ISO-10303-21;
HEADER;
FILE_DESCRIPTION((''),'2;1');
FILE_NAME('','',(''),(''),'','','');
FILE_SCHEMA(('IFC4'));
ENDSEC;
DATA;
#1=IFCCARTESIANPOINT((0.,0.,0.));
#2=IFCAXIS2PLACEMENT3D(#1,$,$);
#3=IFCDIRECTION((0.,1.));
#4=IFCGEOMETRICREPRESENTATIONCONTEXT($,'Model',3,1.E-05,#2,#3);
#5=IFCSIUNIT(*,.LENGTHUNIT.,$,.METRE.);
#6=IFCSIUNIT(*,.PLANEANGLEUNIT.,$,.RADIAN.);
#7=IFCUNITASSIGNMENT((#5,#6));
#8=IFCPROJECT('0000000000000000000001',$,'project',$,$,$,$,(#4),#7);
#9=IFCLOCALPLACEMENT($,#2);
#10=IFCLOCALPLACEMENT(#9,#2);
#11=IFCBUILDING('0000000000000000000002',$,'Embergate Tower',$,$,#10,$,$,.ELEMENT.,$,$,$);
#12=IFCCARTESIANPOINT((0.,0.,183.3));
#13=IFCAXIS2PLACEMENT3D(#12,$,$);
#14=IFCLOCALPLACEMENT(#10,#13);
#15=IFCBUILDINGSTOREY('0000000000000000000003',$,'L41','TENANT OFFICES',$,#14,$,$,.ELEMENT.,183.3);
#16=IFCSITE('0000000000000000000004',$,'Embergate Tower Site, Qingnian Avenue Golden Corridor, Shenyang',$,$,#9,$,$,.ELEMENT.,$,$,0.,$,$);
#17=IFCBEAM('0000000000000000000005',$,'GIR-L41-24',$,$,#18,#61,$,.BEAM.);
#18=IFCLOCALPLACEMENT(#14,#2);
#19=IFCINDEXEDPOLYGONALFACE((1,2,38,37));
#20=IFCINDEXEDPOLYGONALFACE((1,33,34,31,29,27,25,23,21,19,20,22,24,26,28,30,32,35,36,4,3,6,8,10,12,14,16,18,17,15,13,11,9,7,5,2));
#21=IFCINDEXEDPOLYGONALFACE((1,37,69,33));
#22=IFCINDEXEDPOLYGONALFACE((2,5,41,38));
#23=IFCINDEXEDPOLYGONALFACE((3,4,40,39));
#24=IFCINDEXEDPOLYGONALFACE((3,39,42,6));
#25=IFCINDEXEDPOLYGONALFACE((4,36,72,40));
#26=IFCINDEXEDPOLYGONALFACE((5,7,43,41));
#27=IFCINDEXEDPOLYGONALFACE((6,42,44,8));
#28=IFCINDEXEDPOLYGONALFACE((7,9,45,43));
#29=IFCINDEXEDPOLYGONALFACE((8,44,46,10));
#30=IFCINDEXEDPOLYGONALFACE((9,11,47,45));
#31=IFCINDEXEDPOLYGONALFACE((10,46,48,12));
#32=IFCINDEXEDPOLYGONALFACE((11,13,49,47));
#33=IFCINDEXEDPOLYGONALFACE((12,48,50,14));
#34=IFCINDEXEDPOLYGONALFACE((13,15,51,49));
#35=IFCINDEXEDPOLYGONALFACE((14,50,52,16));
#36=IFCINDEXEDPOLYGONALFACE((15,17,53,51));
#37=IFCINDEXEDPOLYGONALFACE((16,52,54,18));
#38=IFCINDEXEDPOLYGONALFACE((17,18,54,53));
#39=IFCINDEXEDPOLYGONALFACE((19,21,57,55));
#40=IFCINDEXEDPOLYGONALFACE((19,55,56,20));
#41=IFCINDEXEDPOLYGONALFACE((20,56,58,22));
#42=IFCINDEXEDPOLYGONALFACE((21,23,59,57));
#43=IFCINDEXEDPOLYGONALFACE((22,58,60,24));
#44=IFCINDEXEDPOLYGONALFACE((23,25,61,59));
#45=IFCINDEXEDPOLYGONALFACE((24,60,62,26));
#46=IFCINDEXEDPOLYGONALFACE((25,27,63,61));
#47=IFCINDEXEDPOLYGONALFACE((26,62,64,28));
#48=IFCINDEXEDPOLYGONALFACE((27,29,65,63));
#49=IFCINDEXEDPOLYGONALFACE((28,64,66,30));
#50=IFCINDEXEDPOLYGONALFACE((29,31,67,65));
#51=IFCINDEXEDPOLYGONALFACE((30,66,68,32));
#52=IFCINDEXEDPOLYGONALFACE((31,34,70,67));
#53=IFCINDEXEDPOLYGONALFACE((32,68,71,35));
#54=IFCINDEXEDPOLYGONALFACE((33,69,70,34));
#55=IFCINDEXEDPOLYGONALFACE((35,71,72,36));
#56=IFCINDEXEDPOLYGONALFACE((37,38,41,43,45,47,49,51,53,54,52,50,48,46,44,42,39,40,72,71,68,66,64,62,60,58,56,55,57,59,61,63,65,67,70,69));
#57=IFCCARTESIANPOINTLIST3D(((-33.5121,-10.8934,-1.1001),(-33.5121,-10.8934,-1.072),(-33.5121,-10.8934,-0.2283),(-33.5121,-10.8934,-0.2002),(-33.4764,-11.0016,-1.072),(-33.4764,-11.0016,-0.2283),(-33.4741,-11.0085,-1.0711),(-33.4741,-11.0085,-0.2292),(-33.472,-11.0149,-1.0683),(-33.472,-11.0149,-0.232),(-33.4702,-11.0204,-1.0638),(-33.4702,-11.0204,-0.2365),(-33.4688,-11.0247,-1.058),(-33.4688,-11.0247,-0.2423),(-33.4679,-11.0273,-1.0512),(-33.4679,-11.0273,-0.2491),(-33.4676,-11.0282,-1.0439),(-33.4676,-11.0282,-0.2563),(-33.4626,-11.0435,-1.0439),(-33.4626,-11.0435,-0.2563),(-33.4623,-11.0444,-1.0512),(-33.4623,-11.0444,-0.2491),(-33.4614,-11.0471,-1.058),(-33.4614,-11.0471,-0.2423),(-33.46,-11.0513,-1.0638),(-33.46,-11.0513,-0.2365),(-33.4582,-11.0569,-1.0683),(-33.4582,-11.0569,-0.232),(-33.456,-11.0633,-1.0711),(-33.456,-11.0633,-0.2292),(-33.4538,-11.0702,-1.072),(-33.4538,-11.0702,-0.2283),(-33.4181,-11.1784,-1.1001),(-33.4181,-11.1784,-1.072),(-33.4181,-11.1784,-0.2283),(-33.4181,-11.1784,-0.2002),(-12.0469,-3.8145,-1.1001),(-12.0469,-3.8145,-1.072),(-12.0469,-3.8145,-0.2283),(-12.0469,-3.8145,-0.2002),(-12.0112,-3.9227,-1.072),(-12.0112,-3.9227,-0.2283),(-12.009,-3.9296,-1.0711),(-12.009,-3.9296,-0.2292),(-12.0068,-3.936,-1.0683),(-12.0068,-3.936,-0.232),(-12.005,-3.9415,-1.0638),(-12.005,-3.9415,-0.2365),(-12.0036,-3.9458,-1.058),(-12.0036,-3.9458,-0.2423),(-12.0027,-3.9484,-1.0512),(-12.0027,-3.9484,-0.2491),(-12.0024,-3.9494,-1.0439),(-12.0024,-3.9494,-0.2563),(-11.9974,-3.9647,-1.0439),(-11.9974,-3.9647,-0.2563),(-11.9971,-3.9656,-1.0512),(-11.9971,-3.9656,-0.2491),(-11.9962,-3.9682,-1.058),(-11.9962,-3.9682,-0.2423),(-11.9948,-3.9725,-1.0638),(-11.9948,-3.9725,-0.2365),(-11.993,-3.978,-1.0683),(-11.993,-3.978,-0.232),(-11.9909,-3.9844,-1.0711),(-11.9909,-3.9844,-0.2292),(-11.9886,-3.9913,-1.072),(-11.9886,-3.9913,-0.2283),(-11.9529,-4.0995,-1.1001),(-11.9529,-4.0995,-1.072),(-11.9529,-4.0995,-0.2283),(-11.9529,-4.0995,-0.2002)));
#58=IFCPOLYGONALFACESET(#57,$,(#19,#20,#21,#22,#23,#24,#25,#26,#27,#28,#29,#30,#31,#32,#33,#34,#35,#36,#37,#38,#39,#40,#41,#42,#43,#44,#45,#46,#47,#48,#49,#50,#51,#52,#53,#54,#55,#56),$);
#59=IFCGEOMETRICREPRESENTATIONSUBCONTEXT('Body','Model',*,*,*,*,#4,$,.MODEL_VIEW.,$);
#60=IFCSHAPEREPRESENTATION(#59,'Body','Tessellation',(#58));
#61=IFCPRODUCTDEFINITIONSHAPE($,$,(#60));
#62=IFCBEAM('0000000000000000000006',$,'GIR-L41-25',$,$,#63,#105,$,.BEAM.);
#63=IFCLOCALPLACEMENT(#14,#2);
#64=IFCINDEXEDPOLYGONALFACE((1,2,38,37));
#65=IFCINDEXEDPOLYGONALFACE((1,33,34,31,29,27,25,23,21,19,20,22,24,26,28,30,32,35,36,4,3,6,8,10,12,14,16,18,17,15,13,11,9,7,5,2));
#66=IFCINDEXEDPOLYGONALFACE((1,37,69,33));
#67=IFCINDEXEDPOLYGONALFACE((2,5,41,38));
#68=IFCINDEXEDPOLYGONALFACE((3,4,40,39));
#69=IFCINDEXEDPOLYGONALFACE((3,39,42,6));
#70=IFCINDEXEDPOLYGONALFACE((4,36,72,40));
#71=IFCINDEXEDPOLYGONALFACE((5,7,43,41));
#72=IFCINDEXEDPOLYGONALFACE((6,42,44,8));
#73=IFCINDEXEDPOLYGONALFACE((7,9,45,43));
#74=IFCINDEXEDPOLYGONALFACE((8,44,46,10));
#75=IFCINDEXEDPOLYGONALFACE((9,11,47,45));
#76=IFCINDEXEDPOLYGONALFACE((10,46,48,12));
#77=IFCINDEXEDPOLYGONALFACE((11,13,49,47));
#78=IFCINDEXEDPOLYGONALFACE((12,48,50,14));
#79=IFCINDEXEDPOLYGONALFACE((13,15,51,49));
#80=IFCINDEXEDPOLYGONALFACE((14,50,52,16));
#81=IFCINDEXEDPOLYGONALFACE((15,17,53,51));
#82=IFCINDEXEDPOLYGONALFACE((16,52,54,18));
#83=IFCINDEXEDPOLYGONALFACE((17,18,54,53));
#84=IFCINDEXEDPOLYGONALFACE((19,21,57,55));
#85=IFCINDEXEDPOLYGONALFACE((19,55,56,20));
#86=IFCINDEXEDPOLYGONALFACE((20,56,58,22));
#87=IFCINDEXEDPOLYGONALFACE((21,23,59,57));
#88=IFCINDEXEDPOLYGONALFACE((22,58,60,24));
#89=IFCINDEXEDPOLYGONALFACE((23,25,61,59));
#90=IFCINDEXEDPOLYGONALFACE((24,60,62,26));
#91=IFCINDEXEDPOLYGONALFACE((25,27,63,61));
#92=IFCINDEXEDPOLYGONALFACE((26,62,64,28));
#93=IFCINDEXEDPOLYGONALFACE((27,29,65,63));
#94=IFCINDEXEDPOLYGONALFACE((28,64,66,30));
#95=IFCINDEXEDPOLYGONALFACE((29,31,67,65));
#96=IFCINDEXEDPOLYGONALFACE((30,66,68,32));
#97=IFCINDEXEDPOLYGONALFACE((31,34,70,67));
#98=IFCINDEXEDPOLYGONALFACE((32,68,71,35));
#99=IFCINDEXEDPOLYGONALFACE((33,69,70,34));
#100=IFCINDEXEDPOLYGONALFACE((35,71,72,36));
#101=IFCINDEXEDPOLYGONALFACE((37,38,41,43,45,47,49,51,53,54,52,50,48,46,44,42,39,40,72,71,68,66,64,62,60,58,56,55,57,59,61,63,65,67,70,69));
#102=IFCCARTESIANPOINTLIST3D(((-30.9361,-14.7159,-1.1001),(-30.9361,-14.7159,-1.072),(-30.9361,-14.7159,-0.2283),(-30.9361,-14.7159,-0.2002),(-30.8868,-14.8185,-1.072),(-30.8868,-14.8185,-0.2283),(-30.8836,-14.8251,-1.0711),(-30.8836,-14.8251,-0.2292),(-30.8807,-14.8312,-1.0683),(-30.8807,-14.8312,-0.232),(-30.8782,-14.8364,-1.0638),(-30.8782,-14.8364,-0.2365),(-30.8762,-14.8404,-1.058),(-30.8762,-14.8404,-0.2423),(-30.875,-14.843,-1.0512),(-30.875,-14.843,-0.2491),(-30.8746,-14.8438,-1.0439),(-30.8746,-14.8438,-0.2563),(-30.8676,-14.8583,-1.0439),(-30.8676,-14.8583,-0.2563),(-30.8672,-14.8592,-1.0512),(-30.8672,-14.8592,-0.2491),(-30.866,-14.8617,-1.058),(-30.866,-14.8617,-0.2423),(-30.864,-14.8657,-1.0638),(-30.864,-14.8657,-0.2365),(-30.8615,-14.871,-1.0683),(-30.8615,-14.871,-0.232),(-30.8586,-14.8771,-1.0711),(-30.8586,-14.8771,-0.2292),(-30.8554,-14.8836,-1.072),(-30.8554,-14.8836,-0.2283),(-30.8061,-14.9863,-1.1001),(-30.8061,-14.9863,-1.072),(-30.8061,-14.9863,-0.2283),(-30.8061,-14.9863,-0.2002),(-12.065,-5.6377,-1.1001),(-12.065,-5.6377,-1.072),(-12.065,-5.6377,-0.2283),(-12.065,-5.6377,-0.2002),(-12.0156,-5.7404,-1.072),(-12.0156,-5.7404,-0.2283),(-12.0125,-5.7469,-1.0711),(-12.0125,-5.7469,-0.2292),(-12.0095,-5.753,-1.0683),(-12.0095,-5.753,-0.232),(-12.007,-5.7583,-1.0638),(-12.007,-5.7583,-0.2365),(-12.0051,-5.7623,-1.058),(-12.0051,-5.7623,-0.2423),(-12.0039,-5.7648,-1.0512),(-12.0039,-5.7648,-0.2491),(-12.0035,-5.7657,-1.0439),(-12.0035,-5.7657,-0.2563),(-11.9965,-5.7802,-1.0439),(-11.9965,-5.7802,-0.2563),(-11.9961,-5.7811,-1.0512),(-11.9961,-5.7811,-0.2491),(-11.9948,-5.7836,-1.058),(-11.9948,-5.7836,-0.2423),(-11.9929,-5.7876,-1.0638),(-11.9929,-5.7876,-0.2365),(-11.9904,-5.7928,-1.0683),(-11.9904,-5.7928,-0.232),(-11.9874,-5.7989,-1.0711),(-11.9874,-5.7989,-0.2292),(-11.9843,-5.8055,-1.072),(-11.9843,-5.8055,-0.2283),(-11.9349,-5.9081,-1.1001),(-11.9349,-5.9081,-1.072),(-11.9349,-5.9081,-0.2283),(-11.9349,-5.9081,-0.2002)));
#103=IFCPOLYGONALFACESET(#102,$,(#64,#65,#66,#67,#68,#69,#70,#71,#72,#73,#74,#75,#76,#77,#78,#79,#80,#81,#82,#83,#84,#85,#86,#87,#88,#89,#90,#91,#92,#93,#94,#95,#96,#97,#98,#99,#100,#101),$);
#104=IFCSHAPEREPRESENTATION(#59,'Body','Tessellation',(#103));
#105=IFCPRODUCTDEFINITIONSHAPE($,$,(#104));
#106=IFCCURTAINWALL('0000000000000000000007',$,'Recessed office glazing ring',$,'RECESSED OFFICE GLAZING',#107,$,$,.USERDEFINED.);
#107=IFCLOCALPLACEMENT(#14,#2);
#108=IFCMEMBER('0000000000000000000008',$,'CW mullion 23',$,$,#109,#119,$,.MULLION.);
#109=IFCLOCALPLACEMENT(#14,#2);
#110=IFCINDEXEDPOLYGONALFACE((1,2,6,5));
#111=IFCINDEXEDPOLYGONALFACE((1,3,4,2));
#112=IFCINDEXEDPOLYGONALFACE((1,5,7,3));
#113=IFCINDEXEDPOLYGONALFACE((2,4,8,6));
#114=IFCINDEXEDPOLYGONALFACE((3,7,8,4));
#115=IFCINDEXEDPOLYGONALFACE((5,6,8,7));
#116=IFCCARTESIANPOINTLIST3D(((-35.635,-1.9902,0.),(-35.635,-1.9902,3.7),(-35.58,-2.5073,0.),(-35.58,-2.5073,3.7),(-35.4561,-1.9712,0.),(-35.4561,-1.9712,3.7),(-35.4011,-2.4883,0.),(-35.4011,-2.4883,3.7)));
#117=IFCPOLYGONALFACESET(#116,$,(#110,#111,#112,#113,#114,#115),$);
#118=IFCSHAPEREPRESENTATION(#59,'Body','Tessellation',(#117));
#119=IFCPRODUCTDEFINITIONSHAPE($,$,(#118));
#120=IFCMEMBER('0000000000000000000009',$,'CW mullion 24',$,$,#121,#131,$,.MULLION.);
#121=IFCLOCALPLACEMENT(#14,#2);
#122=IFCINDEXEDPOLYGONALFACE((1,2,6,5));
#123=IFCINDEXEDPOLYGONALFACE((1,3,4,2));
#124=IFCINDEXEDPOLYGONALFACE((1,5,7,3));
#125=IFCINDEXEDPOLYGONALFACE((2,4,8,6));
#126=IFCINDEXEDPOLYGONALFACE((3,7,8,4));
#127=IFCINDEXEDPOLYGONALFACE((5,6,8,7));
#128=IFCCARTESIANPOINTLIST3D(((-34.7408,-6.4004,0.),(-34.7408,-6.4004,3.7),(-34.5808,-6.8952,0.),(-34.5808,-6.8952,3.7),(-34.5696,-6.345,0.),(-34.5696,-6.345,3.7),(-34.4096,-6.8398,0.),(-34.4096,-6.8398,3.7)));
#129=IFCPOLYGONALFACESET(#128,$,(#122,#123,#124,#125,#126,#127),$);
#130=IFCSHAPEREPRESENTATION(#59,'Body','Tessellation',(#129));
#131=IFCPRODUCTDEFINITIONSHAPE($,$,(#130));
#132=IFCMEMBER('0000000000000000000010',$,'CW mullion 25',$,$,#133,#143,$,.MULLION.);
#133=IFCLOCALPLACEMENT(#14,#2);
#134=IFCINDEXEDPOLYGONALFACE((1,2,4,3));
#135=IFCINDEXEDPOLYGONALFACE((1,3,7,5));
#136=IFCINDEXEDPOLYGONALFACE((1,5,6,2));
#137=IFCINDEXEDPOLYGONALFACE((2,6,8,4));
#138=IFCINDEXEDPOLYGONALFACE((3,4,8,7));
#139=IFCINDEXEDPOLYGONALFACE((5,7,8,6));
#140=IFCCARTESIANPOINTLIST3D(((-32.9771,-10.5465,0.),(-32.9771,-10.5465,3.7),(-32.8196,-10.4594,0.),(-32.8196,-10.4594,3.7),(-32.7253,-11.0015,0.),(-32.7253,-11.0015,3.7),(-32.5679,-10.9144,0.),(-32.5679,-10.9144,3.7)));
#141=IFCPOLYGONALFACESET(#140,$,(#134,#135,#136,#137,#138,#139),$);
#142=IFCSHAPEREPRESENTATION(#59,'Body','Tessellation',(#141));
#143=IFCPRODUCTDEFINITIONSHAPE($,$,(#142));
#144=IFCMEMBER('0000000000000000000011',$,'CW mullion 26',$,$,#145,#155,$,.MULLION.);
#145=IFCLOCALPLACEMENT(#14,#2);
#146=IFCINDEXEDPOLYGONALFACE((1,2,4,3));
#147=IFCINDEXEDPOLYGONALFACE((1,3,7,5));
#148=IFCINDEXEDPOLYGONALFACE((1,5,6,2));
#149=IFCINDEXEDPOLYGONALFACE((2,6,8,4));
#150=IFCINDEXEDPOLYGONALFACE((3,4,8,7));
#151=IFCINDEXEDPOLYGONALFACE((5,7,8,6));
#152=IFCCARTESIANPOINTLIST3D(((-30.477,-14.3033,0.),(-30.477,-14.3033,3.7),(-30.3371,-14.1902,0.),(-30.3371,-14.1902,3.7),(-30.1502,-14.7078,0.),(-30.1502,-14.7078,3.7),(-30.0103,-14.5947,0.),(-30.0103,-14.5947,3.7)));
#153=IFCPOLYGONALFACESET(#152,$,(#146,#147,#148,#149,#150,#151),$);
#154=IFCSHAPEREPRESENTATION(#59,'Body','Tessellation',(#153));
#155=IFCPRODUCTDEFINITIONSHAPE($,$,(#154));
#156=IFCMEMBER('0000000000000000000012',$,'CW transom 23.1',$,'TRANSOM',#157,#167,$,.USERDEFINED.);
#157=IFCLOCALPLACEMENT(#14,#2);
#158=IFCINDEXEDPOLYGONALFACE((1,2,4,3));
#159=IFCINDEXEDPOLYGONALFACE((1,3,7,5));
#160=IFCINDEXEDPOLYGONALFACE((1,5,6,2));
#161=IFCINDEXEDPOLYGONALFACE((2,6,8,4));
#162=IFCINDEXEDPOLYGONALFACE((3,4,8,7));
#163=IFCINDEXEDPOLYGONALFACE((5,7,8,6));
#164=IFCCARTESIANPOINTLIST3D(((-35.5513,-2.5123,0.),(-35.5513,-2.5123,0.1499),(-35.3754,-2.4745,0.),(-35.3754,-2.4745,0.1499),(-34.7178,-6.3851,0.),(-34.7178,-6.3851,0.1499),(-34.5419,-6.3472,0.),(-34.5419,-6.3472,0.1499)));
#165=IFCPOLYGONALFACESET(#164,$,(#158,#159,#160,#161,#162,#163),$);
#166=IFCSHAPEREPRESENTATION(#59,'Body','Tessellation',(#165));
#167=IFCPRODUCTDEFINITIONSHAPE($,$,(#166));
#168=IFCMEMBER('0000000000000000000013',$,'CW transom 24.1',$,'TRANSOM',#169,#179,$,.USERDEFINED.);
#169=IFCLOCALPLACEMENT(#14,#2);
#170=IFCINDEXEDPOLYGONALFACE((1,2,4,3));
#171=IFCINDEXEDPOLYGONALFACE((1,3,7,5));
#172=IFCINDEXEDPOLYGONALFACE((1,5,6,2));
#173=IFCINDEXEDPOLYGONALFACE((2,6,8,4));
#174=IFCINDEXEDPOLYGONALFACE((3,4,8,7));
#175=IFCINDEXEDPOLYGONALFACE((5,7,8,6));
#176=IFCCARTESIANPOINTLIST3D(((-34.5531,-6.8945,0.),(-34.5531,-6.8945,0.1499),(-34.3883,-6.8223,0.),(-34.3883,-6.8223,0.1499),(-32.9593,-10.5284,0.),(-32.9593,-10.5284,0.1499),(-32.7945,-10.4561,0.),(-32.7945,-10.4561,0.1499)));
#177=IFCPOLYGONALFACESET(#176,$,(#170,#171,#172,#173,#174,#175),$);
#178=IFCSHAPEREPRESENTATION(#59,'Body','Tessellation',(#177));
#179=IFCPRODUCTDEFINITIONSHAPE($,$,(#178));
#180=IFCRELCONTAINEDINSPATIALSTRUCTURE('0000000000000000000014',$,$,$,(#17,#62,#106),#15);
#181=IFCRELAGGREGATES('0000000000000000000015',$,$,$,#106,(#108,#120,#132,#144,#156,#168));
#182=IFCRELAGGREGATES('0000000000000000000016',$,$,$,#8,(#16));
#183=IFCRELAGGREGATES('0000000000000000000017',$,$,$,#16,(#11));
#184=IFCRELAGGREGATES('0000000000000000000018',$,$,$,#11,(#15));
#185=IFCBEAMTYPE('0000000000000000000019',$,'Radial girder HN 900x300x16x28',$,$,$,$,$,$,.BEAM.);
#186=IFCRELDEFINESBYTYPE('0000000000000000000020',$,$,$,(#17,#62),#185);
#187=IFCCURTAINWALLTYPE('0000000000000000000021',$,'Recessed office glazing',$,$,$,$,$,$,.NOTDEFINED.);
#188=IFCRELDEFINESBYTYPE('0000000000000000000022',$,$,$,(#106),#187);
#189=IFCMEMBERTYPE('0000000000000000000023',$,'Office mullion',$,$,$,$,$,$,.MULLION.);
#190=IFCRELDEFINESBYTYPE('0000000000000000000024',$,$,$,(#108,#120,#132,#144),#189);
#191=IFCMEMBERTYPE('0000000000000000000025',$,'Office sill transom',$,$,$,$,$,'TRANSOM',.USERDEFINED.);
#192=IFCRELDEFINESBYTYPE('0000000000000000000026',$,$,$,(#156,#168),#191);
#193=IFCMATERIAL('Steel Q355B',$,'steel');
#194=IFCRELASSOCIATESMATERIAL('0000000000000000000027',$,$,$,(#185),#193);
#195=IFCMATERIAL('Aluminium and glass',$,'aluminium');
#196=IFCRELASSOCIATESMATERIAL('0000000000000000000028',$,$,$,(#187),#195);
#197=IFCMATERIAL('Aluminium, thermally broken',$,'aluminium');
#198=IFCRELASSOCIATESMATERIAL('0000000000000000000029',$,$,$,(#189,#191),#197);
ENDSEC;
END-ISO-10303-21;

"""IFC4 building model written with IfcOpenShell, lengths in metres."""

from ifc_helpers import new_model, si_unit, direction, frame, origin, origin_2d, place, context, subcontext, project, spatial, rectangle, i_section, extrude, source, transform, mapped, material, material_profile, profile_set, type_object, element, aggregate, save


model = new_model("IFC4")

# Units and contexts
model_context = context("Model", 3, precision=1e-05, world=origin(), true_north=direction((0.0, 1.0)))
body_context = subcontext(model_context, "Body", "Model", "MODEL_VIEW")
ifc_project = project(units=[si_unit("LENGTHUNIT", "METRE"), si_unit("PLANEANGLEUNIT", "RADIAN")], contexts=[model_context])

# Site, building, storey
site_placement = place(None, origin())
site = spatial("IfcSite", under=ifc_project, at=site_placement, Name="Embergate Tower Site, Qingnian Avenue Golden Corridor, Shenyang", CompositionType="ELEMENT", RefElevation=0.0)
building_placement = place(site_placement, origin())
building = spatial("IfcBuilding", under=site, at=building_placement, Name="Embergate Tower", CompositionType="ELEMENT")
storey_placement = place(building_placement, frame((0.0, 0.0, 183.3)))
storey = spatial("IfcBuildingStorey", under=building, at=storey_placement, Name="L41", Description="TENANT OFFICES", CompositionType="ELEMENT", Elevation=183.3)

# Beams
ifc_material_1 = material(Name="Steel Q355B", Category="steel")
ifc_material_profile_1 = material_profile(ifc_material_1, i_section(OverallWidth=0.3, OverallDepth=0.8999, WebThickness=0.0161, FlangeThickness=0.0281, FilletRadius=0.0281, at=origin_2d()), Name="HN 900x300x16x28")
ifc_profile_set_1 = profile_set([ifc_material_profile_1], Name="Steel Q355 grade B")
beam_type_1 = type_object("IfcBeamType", Name="Radial girder HN 900x300x16x28", PredefinedType="BEAM", material=ifc_profile_set_1)
shared_shape_1 = source(origin(), body_context, "Body", "SweptSolid", [
    extrude(i_section(OverallWidth=0.3, OverallDepth=0.8999, WebThickness=0.0161, FlangeThickness=0.0281, FilletRadius=0.0281, at=origin_2d()), origin(), (0.0, 0.0, 1.0), 22.6023),
])
beam_1_placement = place(storey_placement, frame((-33.4651, -11.0359, -0.6501), z_axis=(0.949689, 0.313193, 0.0), x_axis=(-0.313193, 0.949689, 0.0)))
element("IfcBeam", 1, at=beam_1_placement, inside=storey, type_object=beam_type_1, Name="GIR-L41-24", PredefinedType="BEAM", context=body_context, shape_type="MappedRepresentation", body=[
    mapped(shared_shape_1, transform((0.0, 0.0, 0.0))),
])
shared_shape_2 = source(origin(), body_context, "Body", "SweptSolid", [
    extrude(i_section(OverallWidth=0.3, OverallDepth=0.8999, WebThickness=0.0161, FlangeThickness=0.0281, FilletRadius=0.0281, at=origin_2d()), origin(), (0.0, 0.0, 1.0), 20.9412),
])
beam_2_placement = place(storey_placement, frame((-30.8711, -14.8511, -0.6501), z_axis=(0.90115, 0.433507, 0.0), x_axis=(-0.433507, 0.90115, 0.0)))
element("IfcBeam", 2, at=beam_2_placement, inside=storey, type_object=beam_type_1, Name="GIR-L41-25", PredefinedType="BEAM", context=body_context, shape_type="MappedRepresentation", body=[
    mapped(shared_shape_2, transform((0.0, 0.0, 0.0))),
])

# Curtain wall, members
ifc_material_2 = material(Name="Aluminium and glass", Category="aluminium")
curtain_wall_type = type_object("IfcCurtainWallType", Name="Recessed office glazing", PredefinedType="NOTDEFINED", material=ifc_material_2)
curtain_wall_placement = place(storey_placement, origin())
curtain_wall = element("IfcCurtainWall", 3, at=curtain_wall_placement, inside=storey, type_object=curtain_wall_type, Name="Recessed office glazing ring", ObjectType="RECESSED OFFICE GLAZING", PredefinedType="USERDEFINED")
ifc_material_3 = material(Name="Aluminium, thermally broken", Category="aluminium")
ifc_material_profile_2 = material_profile(ifc_material_3, rectangle(XDim=0.1799, YDim=0.52, at=origin_2d()), Name="AL 520x180")
ifc_profile_set_2 = profile_set([ifc_material_profile_2], Name="Aluminium, thermally broken")
member_type_1 = type_object("IfcMemberType", Name="Office mullion", PredefinedType="MULLION", material=ifc_profile_set_2)
shared_shape_3 = source(origin(), body_context, "Body", "SweptSolid", [
    extrude(rectangle(XDim=0.1799, YDim=0.52, at=origin_2d()), origin(), (0.0, 0.0, 1.0), 3.7),
])
member_1_placement = place(storey_placement, frame((-35.5181, -2.2393, 0.0), z_axis=(0.0, 0.0, 1.0), x_axis=(0.994385, 0.105823, 0.0)))
member_1 = element("IfcMember", 4, at=member_1_placement, type_object=member_type_1, Name="CW mullion 23", PredefinedType="MULLION", context=body_context, shape_type="MappedRepresentation", body=[
    mapped(shared_shape_3, transform((0.0, 0.0, 0.0))),
])
member_2_placement = place(storey_placement, frame((-34.5752, -6.6201, 0.0), z_axis=(0.0, 0.0, 1.0), x_axis=(0.951498, 0.307656, 0.0)))
member_2 = element("IfcMember", 5, at=member_2_placement, type_object=member_type_1, Name="CW mullion 24", PredefinedType="MULLION", context=body_context, shape_type="MappedRepresentation", body=[
    mapped(shared_shape_3, transform((0.0, 0.0, 0.0))),
])
member_3_placement = place(storey_placement, frame((-32.7725, -10.7305, 0.0), z_axis=(0.0, 0.0, 1.0), x_axis=(0.875003, 0.484118, 0.0)))
member_3 = element("IfcMember", 6, at=member_3_placement, type_object=member_type_1, Name="CW mullion 25", PredefinedType="MULLION", context=body_context, shape_type="MappedRepresentation", body=[
    mapped(shared_shape_3, transform((0.0, 0.0, 0.0))),
])
member_4_placement = place(storey_placement, frame((-30.2437, -14.449, 0.0), z_axis=(0.0, 0.0, 1.0), x_axis=(0.777874, 0.628421, 0.0)))
member_4 = element("IfcMember", 7, at=member_4_placement, type_object=member_type_1, Name="CW mullion 26", PredefinedType="MULLION", context=body_context, shape_type="MappedRepresentation", body=[
    mapped(shared_shape_3, transform((0.0, 0.0, 0.0))),
])
ifc_material_profile_3 = material_profile(ifc_material_3, rectangle(XDim=0.1799, YDim=0.1499, at=origin_2d()), Name="AL 150x180")
ifc_profile_set_3 = profile_set([ifc_material_profile_3], Name="Aluminium, thermally broken")
member_type_2 = type_object("IfcMemberType", Name="Office sill transom", ElementType="TRANSOM", PredefinedType="USERDEFINED", material=ifc_profile_set_3)
shared_shape_4 = source(origin(), body_context, "Body", "SweptSolid", [
    extrude(rectangle(XDim=0.1799, YDim=0.1499, at=origin_2d()), origin(), (0.0, 0.0, 1.0), 3.9614),
])
member_5_placement = place(storey_placement, frame((-35.4634, -2.4934, 0.075), z_axis=(0.2104, -0.977615, 0.0), x_axis=(0.977615, 0.2104, 0.0)))
member_5 = element("IfcMember", 8, at=member_5_placement, type_object=member_type_2, Name="CW transom 23.1", ObjectType="TRANSOM", PredefinedType="USERDEFINED", context=body_context, shape_type="MappedRepresentation", body=[
    mapped(shared_shape_4, transform((0.0, 0.0, 0.0))),
])
shared_shape_5 = source(origin(), body_context, "Body", "SweptSolid", [
    extrude(rectangle(XDim=0.1799, YDim=0.1499, at=origin_2d()), origin(), (0.0, 0.0, 1.0), 3.968),
])
member_6_placement = place(storey_placement, frame((-34.4707, -6.8584, 0.075), z_axis=(0.401658, -0.91579, 0.0), x_axis=(0.91579, 0.401658, 0.0)))
member_6 = element("IfcMember", 9, at=member_6_placement, type_object=member_type_2, Name="CW transom 24.1", ObjectType="TRANSOM", PredefinedType="USERDEFINED", context=body_context, shape_type="MappedRepresentation", body=[
    mapped(shared_shape_5, transform((0.0, 0.0, 0.0))),
])
aggregate(curtain_wall, [member_1, member_2, member_3, member_4, member_5, member_6])

save(model, "model.ifc")
